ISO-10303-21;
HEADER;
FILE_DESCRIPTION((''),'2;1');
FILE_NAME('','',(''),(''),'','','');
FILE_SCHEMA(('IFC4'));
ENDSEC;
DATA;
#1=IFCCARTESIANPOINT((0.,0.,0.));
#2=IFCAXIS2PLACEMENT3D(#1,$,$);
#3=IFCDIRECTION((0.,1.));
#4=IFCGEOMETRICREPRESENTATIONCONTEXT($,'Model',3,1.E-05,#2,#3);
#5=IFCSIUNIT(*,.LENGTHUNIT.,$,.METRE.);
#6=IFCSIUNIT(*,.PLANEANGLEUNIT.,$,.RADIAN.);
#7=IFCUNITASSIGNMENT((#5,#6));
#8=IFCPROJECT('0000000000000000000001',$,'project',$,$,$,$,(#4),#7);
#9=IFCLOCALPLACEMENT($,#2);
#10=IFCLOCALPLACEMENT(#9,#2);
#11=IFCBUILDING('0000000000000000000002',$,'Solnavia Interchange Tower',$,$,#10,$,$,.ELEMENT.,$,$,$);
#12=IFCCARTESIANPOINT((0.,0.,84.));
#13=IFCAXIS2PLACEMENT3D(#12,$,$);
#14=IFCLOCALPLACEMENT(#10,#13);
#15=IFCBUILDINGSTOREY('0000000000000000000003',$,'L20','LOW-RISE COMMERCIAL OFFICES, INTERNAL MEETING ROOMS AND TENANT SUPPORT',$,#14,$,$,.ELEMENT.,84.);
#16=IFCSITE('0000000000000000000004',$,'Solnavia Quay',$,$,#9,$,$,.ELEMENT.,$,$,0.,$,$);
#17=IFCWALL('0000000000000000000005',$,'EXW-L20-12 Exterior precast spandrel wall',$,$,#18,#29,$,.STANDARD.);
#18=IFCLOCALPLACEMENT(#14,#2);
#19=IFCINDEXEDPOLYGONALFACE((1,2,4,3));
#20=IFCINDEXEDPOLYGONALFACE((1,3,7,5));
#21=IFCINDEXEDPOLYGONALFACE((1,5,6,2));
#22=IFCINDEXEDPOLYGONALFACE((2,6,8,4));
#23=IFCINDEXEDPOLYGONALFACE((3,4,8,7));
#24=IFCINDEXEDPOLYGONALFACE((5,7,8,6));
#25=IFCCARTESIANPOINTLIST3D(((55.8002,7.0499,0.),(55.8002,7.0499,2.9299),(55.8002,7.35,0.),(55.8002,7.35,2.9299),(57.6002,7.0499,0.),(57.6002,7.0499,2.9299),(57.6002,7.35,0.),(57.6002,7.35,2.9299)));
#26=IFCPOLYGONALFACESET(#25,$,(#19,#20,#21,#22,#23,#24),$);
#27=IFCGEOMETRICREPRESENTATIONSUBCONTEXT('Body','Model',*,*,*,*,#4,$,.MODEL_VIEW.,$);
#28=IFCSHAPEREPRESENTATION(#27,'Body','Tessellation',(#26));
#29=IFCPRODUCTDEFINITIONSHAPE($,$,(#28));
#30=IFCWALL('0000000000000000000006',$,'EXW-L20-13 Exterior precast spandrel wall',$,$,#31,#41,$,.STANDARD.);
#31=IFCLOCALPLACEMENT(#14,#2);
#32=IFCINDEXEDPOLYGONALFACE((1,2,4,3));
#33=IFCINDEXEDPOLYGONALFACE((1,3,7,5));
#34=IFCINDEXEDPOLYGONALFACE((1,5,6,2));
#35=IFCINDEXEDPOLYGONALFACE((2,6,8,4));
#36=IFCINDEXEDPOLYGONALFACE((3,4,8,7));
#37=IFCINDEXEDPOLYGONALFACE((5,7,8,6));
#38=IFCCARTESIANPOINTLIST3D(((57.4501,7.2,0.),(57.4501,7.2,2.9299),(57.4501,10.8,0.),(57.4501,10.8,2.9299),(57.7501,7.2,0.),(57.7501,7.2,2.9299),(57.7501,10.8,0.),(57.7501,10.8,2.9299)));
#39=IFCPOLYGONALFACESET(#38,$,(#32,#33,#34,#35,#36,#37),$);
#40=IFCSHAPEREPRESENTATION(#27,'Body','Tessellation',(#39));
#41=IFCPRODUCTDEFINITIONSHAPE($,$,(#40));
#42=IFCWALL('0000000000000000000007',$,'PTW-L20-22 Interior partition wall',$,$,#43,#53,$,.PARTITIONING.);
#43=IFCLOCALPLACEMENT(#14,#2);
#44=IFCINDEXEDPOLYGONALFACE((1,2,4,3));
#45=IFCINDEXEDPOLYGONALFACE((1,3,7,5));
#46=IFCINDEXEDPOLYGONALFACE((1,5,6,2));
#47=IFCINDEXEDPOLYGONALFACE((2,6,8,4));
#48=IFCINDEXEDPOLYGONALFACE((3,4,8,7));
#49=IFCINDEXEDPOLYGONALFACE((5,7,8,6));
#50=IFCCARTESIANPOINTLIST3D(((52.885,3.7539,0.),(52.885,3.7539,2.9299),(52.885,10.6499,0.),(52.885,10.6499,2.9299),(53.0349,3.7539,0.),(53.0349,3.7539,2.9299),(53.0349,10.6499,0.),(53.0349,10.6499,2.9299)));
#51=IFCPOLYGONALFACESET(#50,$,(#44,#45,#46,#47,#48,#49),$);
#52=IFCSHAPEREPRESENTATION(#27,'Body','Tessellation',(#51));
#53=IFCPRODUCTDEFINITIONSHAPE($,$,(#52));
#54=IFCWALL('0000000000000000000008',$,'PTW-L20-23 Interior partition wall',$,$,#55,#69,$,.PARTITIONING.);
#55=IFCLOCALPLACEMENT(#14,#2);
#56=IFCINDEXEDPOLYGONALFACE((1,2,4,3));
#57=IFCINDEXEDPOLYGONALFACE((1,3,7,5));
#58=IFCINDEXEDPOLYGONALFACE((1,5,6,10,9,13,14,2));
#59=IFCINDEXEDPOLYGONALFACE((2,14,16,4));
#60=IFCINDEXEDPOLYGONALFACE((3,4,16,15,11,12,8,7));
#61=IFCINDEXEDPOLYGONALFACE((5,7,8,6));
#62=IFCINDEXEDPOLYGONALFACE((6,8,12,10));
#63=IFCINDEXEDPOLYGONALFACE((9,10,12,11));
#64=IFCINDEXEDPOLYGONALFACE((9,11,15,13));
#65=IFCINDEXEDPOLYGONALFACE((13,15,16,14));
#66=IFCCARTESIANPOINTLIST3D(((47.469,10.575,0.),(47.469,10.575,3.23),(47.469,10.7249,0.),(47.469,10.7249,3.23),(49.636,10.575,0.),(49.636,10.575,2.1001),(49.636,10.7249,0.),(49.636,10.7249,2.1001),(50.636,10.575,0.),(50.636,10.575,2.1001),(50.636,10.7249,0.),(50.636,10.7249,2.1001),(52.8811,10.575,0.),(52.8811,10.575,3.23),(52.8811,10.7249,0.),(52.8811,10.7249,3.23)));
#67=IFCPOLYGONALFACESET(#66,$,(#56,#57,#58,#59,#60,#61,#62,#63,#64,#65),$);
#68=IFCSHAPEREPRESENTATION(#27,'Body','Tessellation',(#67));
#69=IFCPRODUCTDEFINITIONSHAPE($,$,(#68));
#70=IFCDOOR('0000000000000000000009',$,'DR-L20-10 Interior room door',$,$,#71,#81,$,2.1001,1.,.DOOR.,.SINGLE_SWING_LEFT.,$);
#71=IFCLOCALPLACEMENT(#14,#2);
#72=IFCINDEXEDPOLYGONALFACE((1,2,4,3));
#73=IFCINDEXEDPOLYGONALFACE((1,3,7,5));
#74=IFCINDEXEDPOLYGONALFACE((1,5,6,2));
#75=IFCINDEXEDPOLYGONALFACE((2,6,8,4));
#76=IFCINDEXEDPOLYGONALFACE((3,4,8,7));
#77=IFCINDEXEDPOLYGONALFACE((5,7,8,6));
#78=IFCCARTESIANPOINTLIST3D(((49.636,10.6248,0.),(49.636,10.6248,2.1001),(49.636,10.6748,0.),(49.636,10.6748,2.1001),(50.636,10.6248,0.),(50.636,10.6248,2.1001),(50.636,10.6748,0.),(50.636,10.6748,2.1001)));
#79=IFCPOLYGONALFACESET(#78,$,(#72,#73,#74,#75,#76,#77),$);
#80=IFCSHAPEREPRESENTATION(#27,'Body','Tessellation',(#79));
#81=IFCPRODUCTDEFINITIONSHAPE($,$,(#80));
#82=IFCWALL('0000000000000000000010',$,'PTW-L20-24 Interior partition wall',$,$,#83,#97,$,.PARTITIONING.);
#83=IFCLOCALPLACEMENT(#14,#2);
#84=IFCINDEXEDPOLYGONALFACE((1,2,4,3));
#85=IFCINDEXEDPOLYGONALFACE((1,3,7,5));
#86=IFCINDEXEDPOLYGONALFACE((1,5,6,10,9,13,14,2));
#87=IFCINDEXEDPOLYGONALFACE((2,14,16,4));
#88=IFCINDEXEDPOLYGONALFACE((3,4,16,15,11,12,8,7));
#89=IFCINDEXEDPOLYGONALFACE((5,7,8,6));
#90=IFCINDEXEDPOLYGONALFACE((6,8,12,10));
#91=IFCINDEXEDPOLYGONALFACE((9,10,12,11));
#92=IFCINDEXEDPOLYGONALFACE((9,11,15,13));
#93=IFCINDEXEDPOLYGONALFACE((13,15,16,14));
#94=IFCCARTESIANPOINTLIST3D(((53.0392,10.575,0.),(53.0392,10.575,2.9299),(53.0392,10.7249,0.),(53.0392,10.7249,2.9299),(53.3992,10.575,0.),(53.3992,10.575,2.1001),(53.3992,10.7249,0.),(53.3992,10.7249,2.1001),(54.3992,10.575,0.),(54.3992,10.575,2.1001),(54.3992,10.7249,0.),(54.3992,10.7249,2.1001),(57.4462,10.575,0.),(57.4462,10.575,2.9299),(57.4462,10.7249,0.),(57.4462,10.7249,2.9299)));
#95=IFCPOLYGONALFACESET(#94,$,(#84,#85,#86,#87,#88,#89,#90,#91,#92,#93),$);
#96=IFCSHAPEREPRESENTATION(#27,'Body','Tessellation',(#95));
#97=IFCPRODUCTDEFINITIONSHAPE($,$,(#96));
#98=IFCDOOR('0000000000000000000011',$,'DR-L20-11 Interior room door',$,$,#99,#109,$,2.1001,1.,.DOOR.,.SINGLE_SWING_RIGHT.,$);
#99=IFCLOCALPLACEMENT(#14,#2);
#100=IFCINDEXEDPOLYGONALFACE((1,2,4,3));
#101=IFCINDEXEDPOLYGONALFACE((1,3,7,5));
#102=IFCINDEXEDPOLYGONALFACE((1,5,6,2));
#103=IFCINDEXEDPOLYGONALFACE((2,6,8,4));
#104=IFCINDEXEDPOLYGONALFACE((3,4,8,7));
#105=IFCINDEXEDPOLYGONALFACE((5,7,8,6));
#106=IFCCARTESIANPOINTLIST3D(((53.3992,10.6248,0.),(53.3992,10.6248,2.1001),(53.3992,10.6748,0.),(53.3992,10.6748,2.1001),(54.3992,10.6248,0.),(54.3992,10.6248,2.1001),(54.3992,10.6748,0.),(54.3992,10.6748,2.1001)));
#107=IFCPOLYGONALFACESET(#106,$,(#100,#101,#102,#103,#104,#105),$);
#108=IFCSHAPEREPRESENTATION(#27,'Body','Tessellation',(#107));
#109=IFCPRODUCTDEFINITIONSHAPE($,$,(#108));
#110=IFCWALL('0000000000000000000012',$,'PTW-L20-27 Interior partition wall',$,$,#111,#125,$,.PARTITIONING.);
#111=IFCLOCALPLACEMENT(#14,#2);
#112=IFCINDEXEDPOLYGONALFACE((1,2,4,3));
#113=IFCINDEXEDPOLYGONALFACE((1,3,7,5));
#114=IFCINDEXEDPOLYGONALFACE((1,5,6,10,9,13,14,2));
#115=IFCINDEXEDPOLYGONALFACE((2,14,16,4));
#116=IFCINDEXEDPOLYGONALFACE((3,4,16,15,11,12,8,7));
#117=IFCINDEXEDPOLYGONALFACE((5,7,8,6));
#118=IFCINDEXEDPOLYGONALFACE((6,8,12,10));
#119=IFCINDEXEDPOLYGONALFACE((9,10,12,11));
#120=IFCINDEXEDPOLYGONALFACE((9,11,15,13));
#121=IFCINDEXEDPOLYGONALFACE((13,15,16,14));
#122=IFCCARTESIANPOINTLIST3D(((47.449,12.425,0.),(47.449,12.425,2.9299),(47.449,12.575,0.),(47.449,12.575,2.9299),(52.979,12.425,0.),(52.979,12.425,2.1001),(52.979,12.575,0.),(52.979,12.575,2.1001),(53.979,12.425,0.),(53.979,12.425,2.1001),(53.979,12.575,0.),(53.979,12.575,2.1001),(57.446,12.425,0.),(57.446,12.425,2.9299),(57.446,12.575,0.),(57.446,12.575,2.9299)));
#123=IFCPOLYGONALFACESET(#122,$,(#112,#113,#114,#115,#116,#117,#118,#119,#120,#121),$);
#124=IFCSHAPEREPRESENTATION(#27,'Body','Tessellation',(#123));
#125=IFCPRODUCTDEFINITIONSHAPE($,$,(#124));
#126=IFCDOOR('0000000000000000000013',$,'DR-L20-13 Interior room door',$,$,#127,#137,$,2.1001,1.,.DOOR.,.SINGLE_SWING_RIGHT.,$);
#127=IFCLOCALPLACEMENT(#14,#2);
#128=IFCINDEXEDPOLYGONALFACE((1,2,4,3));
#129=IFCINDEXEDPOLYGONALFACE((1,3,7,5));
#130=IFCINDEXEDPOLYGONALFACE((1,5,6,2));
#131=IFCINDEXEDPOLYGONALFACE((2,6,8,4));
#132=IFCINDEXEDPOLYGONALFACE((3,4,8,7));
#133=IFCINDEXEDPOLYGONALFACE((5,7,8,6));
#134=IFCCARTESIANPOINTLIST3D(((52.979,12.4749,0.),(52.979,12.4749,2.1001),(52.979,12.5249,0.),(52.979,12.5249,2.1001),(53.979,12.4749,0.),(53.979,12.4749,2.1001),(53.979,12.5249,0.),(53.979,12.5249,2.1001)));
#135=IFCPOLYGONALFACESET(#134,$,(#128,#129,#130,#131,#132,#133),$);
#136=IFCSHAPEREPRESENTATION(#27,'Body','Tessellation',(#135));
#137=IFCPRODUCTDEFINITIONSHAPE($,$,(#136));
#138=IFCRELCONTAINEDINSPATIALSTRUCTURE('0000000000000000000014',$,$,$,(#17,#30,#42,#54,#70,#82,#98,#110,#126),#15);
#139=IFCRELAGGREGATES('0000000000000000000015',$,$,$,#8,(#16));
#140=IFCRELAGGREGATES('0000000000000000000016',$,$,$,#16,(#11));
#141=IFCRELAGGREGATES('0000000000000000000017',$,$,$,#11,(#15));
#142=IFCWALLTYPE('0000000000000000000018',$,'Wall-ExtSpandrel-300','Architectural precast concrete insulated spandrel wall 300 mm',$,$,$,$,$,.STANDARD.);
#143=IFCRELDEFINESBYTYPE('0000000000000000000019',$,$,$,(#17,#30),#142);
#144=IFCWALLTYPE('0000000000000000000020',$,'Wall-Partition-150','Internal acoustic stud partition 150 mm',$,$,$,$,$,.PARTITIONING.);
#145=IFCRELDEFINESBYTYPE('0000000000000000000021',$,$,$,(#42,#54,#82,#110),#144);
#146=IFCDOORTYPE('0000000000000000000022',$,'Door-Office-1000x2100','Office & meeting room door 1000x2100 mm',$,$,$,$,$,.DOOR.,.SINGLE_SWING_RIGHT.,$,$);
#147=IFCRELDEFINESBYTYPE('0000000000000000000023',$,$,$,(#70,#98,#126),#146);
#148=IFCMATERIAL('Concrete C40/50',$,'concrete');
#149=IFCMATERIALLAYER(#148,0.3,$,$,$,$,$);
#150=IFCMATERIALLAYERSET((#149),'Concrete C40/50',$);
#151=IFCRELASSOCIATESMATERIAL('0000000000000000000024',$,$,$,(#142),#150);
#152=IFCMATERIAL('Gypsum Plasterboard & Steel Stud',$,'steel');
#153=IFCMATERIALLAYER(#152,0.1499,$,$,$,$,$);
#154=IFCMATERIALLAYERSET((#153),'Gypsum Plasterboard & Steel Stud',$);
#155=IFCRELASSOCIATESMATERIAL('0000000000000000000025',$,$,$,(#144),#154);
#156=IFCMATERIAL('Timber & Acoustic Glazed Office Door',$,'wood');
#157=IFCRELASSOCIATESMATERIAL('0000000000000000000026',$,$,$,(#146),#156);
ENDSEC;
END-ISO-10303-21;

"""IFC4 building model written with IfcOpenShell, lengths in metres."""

from ifc_helpers import new_model, si_unit, direction, frame, frame_2d, origin, place, context, subcontext, project, spatial, rectangle, extrude, material, layer, layer_set, type_object, element, fill, save


model = new_model("IFC4")

# Units and contexts
model_context = context("Model", 3, precision=1e-05, world=origin(), true_north=direction((0.0, 1.0)))
body_context = subcontext(model_context, "Body", "Model", "MODEL_VIEW")
ifc_project = project(units=[si_unit("LENGTHUNIT", "METRE"), si_unit("PLANEANGLEUNIT", "RADIAN")], contexts=[model_context])

# Site, building, storey
site_placement = place(None, origin())
site = spatial("IfcSite", under=ifc_project, at=site_placement, Name="Solnavia Quay", CompositionType="ELEMENT", RefElevation=0.0)
building_placement = place(site_placement, origin())
building = spatial("IfcBuilding", under=site, at=building_placement, Name="Solnavia Interchange Tower", CompositionType="ELEMENT")
storey_placement = place(building_placement, frame((0.0, 0.0, 84.0)))
storey = spatial("IfcBuildingStorey", under=building, at=storey_placement, Name="L20", Description="LOW-RISE COMMERCIAL OFFICES, INTERNAL MEETING ROOMS AND TENANT SUPPORT", CompositionType="ELEMENT", Elevation=84.0)

# Walls
ifc_material_1 = material(Name="Concrete C40/50", Category="concrete")
ifc_layer_1 = layer(ifc_material_1, 0.3)
ifc_layer_set_1 = layer_set([ifc_layer_1], Name="Concrete C40/50")
wall_type_1 = type_object("IfcWallType", Name="Wall-ExtSpandrel-300", Description="Architectural precast concrete insulated spandrel wall 300 mm", PredefinedType="STANDARD", material=ifc_layer_set_1)
wall_1_placement = place(storey_placement, frame((57.6001, 7.2, 0.0), z_axis=(0.0, 0.0, 1.0), x_axis=(-1.0, 0.0, 0.0)))
element("IfcWall", 1, at=wall_1_placement, inside=storey, type_object=wall_type_1, Name="EXW-L20-12 Exterior precast spandrel wall", PredefinedType="STANDARD", context=body_context, shape_type="SweptSolid", body=[
    extrude(rectangle(XDim=1.8, YDim=0.3, at=frame_2d((0.8999, 0.0))), origin(), (0.0, 0.0, 1.0), 2.9299),
])
wall_2_placement = place(storey_placement, frame((57.6001, 10.8, 0.0), z_axis=(0.0, 0.0, 1.0), x_axis=(0.0, -1.0, 0.0)))
element("IfcWall", 2, at=wall_2_placement, inside=storey, type_object=wall_type_1, Name="EXW-L20-13 Exterior precast spandrel wall", PredefinedType="STANDARD", context=body_context, shape_type="SweptSolid", body=[
    extrude(rectangle(XDim=3.6001, YDim=0.3, at=frame_2d((1.8, 0.0))), origin(), (0.0, 0.0, 1.0), 2.9299),
])
ifc_material_2 = material(Name="Gypsum Plasterboard & Steel Stud", Category="steel")
ifc_layer_2 = layer(ifc_material_2, 0.1499)
ifc_layer_set_2 = layer_set([ifc_layer_2], Name="Gypsum Plasterboard & Steel Stud")
wall_type_2 = type_object("IfcWallType", Name="Wall-Partition-150", Description="Internal acoustic stud partition 150 mm", PredefinedType="PARTITIONING", material=ifc_layer_set_2)
wall_3_placement = place(storey_placement, frame((52.96, 3.7539, 0.0), z_axis=(0.0, 0.0, 1.0), x_axis=(0.0, 1.0, 0.0)))
element("IfcWall", 3, at=wall_3_placement, inside=storey, type_object=wall_type_2, Name="PTW-L20-22 Interior partition wall", PredefinedType="PARTITIONING", context=body_context, shape_type="SweptSolid", body=[
    extrude(rectangle(XDim=6.896, YDim=0.1499, at=frame_2d((3.448, 0.0))), origin(), (0.0, 0.0, 1.0), 2.9299),
])

# Walls, openings, doors
wall_4_placement = place(storey_placement, frame((47.469, 10.6499, 0.0), z_axis=(0.0, 0.0, 1.0), x_axis=(1.0, 0.0, 0.0)))
wall_4 = element("IfcWall", 4, at=wall_4_placement, inside=storey, type_object=wall_type_2, Name="PTW-L20-23 Interior partition wall", PredefinedType="PARTITIONING", context=body_context, shape_type="SweptSolid", body=[
    extrude(rectangle(XDim=5.4121, YDim=0.1499, at=frame_2d((2.7061, 0.0))), origin(), (0.0, 0.0, 1.0), 3.23),
])
opening_1_placement = place(wall_4_placement, frame((2.167, 0.0, 0.0)))
opening_1 = element("IfcOpeningElement", 5, at=opening_1_placement, cuts=wall_4, PredefinedType="OPENING", context=body_context, shape_type="SweptSolid", body=[
    extrude(rectangle(XDim=1.0, YDim=2.1001, at=frame_2d((0.5, 1.05))), frame((0.0, 0.085, 0.0), z_axis=(0.0, -1.0, 0.0), x_axis=(1.0, 0.0, 0.0)), (0.0, 0.0, 1.0), 0.1699),
])
ifc_material_3 = material(Name="Timber & Acoustic Glazed Office Door", Category="wood")
door_type = type_object("IfcDoorType", Name="Door-Office-1000x2100", Description="Office & meeting room door 1000x2100 mm", OperationType="SINGLE_SWING_RIGHT", PredefinedType="DOOR", material=ifc_material_3)
door_1_placement = place(opening_1_placement, origin())
door_1 = element("IfcDoor", 6, at=door_1_placement, inside=storey, type_object=door_type, Name="DR-L20-10 Interior room door", OperationType="SINGLE_SWING_LEFT", OverallHeight=2.1001, OverallWidth=1.0, PredefinedType="DOOR", context=body_context, shape_type="SweptSolid", body=[
    extrude(rectangle(XDim=1.0, YDim=2.1001, at=frame_2d((0.5, 1.05))), frame((0.0, 0.0249, 0.0), z_axis=(0.0, -1.0, 0.0), x_axis=(1.0, 0.0, 0.0)), (0.0, 0.0, 1.0), 0.05),
])
fill(opening_1, door_1)
wall_5_placement = place(storey_placement, frame((53.0391, 10.6499, 0.0), z_axis=(0.0, 0.0, 1.0), x_axis=(1.0, 0.0, 0.0)))
wall_5 = element("IfcWall", 7, at=wall_5_placement, inside=storey, type_object=wall_type_2, Name="PTW-L20-24 Interior partition wall", PredefinedType="PARTITIONING", context=body_context, shape_type="SweptSolid", body=[
    extrude(rectangle(XDim=4.407, YDim=0.1499, at=frame_2d((2.2036, 0.0))), origin(), (0.0, 0.0, 1.0), 2.9299),
])
opening_2_placement = place(wall_5_placement, frame((0.3601, 0.0, 0.0)))
opening_2 = element("IfcOpeningElement", 8, at=opening_2_placement, cuts=wall_5, PredefinedType="OPENING", context=body_context, shape_type="SweptSolid", body=[
    extrude(rectangle(XDim=1.0, YDim=2.1001, at=frame_2d((0.5, 1.05))), frame((0.0, 0.085, 0.0), z_axis=(0.0, -1.0, 0.0), x_axis=(1.0, 0.0, 0.0)), (0.0, 0.0, 1.0), 0.1699),
])
door_2_placement = place(opening_2_placement, origin())
door_2 = element("IfcDoor", 9, at=door_2_placement, inside=storey, type_object=door_type, Name="DR-L20-11 Interior room door", OperationType="SINGLE_SWING_RIGHT", OverallHeight=2.1001, OverallWidth=1.0, PredefinedType="DOOR", context=body_context, shape_type="SweptSolid", body=[
    extrude(rectangle(XDim=1.0, YDim=2.1001, at=frame_2d((0.5, 1.05))), frame((0.0, 0.0249, 0.0), z_axis=(0.0, -1.0, 0.0), x_axis=(1.0, 0.0, 0.0)), (0.0, 0.0, 1.0), 0.05),
])
fill(opening_2, door_2)
wall_6_placement = place(storey_placement, frame((47.449, 12.5, 0.0), z_axis=(0.0, 0.0, 1.0), x_axis=(1.0, 0.0, 0.0)))
wall_6 = element("IfcWall", 10, at=wall_6_placement, inside=storey, type_object=wall_type_2, Name="PTW-L20-27 Interior partition wall", PredefinedType="PARTITIONING", context=body_context, shape_type="SweptSolid", body=[
    extrude(rectangle(XDim=9.9971, YDim=0.1499, at=frame_2d((4.9985, 0.0))), origin(), (0.0, 0.0, 1.0), 2.9299),
])
opening_3_placement = place(wall_6_placement, frame((5.53, 0.0, 0.0)))
opening_3 = element("IfcOpeningElement", 11, at=opening_3_placement, cuts=wall_6, PredefinedType="OPENING", context=body_context, shape_type="SweptSolid", body=[
    extrude(rectangle(XDim=1.0, YDim=2.1001, at=frame_2d((0.5, 1.05))), frame((0.0, 0.085, 0.0), z_axis=(0.0, -1.0, 0.0), x_axis=(1.0, 0.0, 0.0)), (0.0, 0.0, 1.0), 0.1699),
])
door_3_placement = place(opening_3_placement, origin())
door_3 = element("IfcDoor", 12, at=door_3_placement, inside=storey, type_object=door_type, Name="DR-L20-13 Interior room door", OperationType="SINGLE_SWING_RIGHT", OverallHeight=2.1001, OverallWidth=1.0, PredefinedType="DOOR", context=body_context, shape_type="SweptSolid", body=[
    extrude(rectangle(XDim=1.0, YDim=2.1001, at=frame_2d((0.5, 1.05))), frame((0.0, 0.0249, 0.0), z_axis=(0.0, -1.0, 0.0), x_axis=(1.0, 0.0, 0.0)), (0.0, 0.0, 1.0), 0.05),
])
fill(opening_3, door_3)

save(model, "model.ifc")
